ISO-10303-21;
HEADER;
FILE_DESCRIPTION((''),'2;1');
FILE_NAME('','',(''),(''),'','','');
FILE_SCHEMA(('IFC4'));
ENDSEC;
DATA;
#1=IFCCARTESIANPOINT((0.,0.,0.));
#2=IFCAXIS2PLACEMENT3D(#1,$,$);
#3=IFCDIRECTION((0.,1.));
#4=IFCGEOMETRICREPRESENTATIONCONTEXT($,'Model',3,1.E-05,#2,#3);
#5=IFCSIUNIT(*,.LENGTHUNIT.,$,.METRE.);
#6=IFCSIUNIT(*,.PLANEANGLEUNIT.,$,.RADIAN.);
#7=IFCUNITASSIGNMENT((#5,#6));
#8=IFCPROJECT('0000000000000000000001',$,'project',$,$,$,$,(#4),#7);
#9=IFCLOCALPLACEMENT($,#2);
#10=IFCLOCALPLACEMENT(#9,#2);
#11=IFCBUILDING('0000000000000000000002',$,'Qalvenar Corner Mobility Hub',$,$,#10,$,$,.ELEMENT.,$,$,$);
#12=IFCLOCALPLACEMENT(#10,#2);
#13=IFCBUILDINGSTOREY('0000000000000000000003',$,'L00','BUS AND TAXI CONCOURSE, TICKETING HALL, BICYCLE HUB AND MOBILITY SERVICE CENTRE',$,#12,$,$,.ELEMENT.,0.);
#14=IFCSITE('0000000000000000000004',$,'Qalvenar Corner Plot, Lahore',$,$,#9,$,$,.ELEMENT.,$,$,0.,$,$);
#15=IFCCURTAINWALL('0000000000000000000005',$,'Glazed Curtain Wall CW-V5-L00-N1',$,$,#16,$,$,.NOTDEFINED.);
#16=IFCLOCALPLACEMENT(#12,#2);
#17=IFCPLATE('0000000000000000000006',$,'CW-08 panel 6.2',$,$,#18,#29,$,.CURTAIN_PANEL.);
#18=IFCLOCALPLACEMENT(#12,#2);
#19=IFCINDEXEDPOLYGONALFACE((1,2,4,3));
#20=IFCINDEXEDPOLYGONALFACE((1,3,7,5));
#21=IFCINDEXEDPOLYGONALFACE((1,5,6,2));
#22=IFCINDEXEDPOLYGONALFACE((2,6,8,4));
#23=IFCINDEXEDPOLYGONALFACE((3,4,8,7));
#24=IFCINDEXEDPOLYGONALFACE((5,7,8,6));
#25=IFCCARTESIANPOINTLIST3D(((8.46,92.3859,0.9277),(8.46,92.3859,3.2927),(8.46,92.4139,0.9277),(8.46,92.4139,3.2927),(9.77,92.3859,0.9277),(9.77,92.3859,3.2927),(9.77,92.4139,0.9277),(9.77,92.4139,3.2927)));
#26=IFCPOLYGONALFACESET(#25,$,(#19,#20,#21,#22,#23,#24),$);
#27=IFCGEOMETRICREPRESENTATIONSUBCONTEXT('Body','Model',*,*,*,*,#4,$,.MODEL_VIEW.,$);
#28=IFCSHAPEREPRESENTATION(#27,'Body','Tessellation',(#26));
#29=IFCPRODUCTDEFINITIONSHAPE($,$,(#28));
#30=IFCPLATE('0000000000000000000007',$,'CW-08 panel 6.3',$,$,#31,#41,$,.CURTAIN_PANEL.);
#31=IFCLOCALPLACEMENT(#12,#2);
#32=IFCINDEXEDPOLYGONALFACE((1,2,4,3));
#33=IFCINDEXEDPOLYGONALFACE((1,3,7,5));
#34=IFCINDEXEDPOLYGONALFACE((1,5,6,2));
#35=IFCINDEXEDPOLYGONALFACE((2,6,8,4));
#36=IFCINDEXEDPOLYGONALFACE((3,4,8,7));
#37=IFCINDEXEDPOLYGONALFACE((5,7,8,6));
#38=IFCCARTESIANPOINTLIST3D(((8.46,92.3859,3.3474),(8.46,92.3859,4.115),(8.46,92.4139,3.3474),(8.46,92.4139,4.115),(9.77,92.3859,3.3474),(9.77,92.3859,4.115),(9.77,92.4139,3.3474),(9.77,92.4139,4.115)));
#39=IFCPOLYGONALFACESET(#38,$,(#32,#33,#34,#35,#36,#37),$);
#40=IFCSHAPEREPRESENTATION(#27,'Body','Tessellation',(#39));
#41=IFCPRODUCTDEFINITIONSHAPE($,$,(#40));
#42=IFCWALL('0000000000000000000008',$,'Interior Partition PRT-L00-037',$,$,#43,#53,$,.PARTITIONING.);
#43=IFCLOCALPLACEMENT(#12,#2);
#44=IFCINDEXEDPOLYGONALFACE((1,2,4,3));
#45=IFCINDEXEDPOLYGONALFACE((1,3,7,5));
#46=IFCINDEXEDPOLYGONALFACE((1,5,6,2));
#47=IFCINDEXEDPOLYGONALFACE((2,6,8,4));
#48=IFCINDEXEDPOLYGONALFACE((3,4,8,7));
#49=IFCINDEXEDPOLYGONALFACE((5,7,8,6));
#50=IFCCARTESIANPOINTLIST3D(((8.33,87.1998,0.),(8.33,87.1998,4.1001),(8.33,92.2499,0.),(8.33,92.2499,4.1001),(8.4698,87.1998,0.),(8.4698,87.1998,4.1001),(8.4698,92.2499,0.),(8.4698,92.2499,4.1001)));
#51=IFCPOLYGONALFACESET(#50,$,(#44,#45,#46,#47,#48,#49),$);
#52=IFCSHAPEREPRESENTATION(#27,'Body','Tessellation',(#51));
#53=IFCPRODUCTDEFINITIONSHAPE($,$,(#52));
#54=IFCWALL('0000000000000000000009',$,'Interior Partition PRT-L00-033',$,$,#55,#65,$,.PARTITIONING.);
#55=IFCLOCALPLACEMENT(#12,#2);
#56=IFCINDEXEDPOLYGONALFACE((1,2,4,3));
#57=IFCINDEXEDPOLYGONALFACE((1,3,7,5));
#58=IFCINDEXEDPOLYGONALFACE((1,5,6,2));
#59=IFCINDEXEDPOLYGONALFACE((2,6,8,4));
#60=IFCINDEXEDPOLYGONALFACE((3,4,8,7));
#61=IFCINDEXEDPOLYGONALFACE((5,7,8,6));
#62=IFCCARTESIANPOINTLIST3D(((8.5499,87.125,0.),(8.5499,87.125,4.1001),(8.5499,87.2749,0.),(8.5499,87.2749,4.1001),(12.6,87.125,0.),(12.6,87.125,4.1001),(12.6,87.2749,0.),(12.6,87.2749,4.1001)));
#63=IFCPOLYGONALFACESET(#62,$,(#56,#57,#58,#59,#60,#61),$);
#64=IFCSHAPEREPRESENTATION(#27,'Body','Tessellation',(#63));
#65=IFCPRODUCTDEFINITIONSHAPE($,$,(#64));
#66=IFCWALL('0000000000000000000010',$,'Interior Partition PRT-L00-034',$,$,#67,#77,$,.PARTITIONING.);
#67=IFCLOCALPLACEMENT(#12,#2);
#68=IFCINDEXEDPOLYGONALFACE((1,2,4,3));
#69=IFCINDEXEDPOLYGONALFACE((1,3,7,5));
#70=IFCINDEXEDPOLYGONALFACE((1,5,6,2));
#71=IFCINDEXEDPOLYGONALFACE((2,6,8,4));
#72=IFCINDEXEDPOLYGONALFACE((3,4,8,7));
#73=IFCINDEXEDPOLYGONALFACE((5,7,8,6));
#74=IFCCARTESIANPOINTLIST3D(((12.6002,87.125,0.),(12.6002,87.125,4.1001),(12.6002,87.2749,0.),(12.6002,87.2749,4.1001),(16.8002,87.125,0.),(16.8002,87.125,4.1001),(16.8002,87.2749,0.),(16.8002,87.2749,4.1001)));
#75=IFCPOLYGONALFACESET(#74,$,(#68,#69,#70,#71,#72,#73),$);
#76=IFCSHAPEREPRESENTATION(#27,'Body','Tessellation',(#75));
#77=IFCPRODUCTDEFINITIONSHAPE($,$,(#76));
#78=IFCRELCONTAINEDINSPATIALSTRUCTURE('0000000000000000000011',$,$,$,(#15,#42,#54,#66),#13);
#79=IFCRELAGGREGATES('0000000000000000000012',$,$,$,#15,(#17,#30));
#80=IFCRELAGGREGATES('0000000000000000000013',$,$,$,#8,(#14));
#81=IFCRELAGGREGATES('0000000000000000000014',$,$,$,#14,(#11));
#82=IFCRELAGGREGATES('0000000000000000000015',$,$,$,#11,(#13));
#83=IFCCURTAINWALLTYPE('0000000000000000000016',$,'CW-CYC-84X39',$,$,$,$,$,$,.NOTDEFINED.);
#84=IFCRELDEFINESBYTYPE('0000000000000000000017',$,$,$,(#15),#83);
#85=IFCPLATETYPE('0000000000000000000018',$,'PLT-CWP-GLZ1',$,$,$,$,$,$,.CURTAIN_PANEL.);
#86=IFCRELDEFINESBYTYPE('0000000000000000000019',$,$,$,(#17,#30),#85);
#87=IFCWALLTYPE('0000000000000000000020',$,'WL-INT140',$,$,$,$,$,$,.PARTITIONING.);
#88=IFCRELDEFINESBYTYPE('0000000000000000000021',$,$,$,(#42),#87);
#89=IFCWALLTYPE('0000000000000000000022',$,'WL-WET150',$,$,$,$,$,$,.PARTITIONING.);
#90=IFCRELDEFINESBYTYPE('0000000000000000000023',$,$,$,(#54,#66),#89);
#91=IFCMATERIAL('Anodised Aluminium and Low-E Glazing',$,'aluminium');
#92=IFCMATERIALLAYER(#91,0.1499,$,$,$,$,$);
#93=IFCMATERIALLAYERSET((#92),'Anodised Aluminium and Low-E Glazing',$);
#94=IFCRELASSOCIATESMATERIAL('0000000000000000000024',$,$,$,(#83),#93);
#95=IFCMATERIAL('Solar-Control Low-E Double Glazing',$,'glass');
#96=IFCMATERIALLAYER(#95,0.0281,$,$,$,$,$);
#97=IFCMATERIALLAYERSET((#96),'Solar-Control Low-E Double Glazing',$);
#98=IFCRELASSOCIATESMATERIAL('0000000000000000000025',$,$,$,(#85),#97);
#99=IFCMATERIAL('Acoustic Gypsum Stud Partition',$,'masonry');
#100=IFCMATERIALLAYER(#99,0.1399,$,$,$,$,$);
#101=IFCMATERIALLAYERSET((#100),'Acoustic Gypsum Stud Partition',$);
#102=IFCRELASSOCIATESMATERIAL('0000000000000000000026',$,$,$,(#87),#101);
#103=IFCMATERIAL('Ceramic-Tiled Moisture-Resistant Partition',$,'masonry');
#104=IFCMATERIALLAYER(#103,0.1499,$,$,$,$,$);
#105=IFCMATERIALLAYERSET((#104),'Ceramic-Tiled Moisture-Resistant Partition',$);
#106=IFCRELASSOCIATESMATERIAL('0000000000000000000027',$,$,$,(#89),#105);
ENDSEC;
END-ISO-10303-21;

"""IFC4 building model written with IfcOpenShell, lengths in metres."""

from ifc_helpers import new_model, si_unit, direction, frame, frame_2d, origin, origin_2d, place, context, subcontext, project, spatial, rectangle, extrude, material, layer, layer_set, type_object, element, aggregate, save


model = new_model("IFC4")

# Units and contexts
model_context = context("Model", 3, precision=1e-05, world=origin(), true_north=direction((0.0, 1.0)))
body_context = subcontext(model_context, "Body", "Model", "MODEL_VIEW")
ifc_project = project(units=[si_unit("LENGTHUNIT", "METRE"), si_unit("PLANEANGLEUNIT", "RADIAN")], contexts=[model_context])

# Site, building, storey
site_placement = place(None, origin())
site = spatial("IfcSite", under=ifc_project, at=site_placement, Name="Qalvenar Corner Plot, Lahore", CompositionType="ELEMENT", RefElevation=0.0)
building_placement = place(site_placement, origin())
building = spatial("IfcBuilding", under=site, at=building_placement, Name="Qalvenar Corner Mobility Hub", CompositionType="ELEMENT")
storey_placement = place(building_placement, origin())
storey = spatial("IfcBuildingStorey", under=building, at=storey_placement, Name="L00", Description="BUS AND TAXI CONCOURSE, TICKETING HALL, BICYCLE HUB AND MOBILITY SERVICE CENTRE", CompositionType="ELEMENT", Elevation=0.0)

# Shared definitions
ifc_material_1 = material(Name="Anodised Aluminium and Low-E Glazing", Category="aluminium")
ifc_layer_1 = layer(ifc_material_1, 0.1499)
ifc_layer_set_1 = layer_set([ifc_layer_1], Name="Anodised Aluminium and Low-E Glazing")
curtain_wall_type = type_object("IfcCurtainWallType", Name="CW-CYC-84X39", PredefinedType="NOTDEFINED", material=ifc_layer_set_1)

# Curtain wall
curtain_wall_1_placement = place(storey_placement, origin())
curtain_wall_1 = element("IfcCurtainWall", 1, at=curtain_wall_1_placement, inside=storey, type_object=curtain_wall_type, Name="Glazed Curtain Wall CW-V5-L00-N1", PredefinedType="NOTDEFINED")

# Plates
ifc_material_2 = material(Name="Solar-Control Low-E Double Glazing", Category="glass")
ifc_layer_2 = layer(ifc_material_2, 0.0281)
ifc_layer_set_2 = layer_set([ifc_layer_2], Name="Solar-Control Low-E Double Glazing")
plate_type = type_object("IfcPlateType", Name="PLT-CWP-GLZ1", PredefinedType="CURTAIN_PANEL", material=ifc_layer_set_2)
plate_1_placement = place(storey_placement, frame((9.115, 92.3999, 0.9277), z_axis=(0.0, 0.0, 1.0), x_axis=(-1.0, 0.0, 0.0)))
plate_1 = element("IfcPlate", 2, at=plate_1_placement, type_object=plate_type, Name="CW-08 panel 6.2", PredefinedType="CURTAIN_PANEL", context=body_context, shape_type="SweptSolid", body=[
    extrude(rectangle(XDim=1.3101, YDim=0.0281, at=origin_2d()), origin(), (0.0, 0.0, 1.0), 2.365),
])
plate_2_placement = place(storey_placement, frame((9.115, 92.3999, 3.3474), z_axis=(0.0, 0.0, 1.0), x_axis=(-1.0, 0.0, 0.0)))
plate_2 = element("IfcPlate", 3, at=plate_2_placement, type_object=plate_type, Name="CW-08 panel 6.3", PredefinedType="CURTAIN_PANEL", context=body_context, shape_type="SweptSolid", body=[
    extrude(rectangle(XDim=1.3101, YDim=0.0281, at=origin_2d()), origin(), (0.0, 0.0, 1.0), 0.7676),
])
aggregate(curtain_wall_1, [plate_1, plate_2])

# Walls
ifc_material_3 = material(Name="Acoustic Gypsum Stud Partition", Category="masonry")
ifc_layer_3 = layer(ifc_material_3, 0.1399)
ifc_layer_set_3 = layer_set([ifc_layer_3], Name="Acoustic Gypsum Stud Partition")
wall_type_1 = type_object("IfcWallType", Name="WL-INT140", PredefinedType="PARTITIONING", material=ifc_layer_set_3)
wall_1_placement = place(storey_placement, frame((8.3999, 87.2, 0.0), z_axis=(0.0, 0.0, 1.0), x_axis=(0.0, 1.0, 0.0)))
element("IfcWall", 4, at=wall_1_placement, inside=storey, type_object=wall_type_1, Name="Interior Partition PRT-L00-037", PredefinedType="PARTITIONING", context=body_context, shape_type="SweptSolid", body=[
    extrude(rectangle(XDim=5.05, YDim=0.1399, at=frame_2d((2.5249, 0.0))), origin(), (0.0, 0.0, 1.0), 4.1001),
])
ifc_material_4 = material(Name="Ceramic-Tiled Moisture-Resistant Partition", Category="masonry")
ifc_layer_4 = layer(ifc_material_4, 0.1499)
ifc_layer_set_4 = layer_set([ifc_layer_4], Name="Ceramic-Tiled Moisture-Resistant Partition")
wall_type_2 = type_object("IfcWallType", Name="WL-WET150", PredefinedType="PARTITIONING", material=ifc_layer_set_4)
wall_2_placement = place(storey_placement, frame((8.55, 87.2, 0.0), z_axis=(0.0, 0.0, 1.0), x_axis=(1.0, 0.0, 0.0)))
element("IfcWall", 5, at=wall_2_placement, inside=storey, type_object=wall_type_2, Name="Interior Partition PRT-L00-033", PredefinedType="PARTITIONING", context=body_context, shape_type="SweptSolid", body=[
    extrude(rectangle(XDim=4.05, YDim=0.1499, at=frame_2d((2.0249, 0.0))), origin(), (0.0, 0.0, 1.0), 4.1001),
])
wall_3_placement = place(storey_placement, frame((12.6001, 87.2, 0.0), z_axis=(0.0, 0.0, 1.0), x_axis=(1.0, 0.0, 0.0)))
element("IfcWall", 6, at=wall_3_placement, inside=storey, type_object=wall_type_2, Name="Interior Partition PRT-L00-034", PredefinedType="PARTITIONING", context=body_context, shape_type="SweptSolid", body=[
    extrude(rectangle(XDim=4.2, YDim=0.1499, at=frame_2d((2.1001, 0.0))), origin(), (0.0, 0.0, 1.0), 4.1001),
])

save(model, "model.ifc")
